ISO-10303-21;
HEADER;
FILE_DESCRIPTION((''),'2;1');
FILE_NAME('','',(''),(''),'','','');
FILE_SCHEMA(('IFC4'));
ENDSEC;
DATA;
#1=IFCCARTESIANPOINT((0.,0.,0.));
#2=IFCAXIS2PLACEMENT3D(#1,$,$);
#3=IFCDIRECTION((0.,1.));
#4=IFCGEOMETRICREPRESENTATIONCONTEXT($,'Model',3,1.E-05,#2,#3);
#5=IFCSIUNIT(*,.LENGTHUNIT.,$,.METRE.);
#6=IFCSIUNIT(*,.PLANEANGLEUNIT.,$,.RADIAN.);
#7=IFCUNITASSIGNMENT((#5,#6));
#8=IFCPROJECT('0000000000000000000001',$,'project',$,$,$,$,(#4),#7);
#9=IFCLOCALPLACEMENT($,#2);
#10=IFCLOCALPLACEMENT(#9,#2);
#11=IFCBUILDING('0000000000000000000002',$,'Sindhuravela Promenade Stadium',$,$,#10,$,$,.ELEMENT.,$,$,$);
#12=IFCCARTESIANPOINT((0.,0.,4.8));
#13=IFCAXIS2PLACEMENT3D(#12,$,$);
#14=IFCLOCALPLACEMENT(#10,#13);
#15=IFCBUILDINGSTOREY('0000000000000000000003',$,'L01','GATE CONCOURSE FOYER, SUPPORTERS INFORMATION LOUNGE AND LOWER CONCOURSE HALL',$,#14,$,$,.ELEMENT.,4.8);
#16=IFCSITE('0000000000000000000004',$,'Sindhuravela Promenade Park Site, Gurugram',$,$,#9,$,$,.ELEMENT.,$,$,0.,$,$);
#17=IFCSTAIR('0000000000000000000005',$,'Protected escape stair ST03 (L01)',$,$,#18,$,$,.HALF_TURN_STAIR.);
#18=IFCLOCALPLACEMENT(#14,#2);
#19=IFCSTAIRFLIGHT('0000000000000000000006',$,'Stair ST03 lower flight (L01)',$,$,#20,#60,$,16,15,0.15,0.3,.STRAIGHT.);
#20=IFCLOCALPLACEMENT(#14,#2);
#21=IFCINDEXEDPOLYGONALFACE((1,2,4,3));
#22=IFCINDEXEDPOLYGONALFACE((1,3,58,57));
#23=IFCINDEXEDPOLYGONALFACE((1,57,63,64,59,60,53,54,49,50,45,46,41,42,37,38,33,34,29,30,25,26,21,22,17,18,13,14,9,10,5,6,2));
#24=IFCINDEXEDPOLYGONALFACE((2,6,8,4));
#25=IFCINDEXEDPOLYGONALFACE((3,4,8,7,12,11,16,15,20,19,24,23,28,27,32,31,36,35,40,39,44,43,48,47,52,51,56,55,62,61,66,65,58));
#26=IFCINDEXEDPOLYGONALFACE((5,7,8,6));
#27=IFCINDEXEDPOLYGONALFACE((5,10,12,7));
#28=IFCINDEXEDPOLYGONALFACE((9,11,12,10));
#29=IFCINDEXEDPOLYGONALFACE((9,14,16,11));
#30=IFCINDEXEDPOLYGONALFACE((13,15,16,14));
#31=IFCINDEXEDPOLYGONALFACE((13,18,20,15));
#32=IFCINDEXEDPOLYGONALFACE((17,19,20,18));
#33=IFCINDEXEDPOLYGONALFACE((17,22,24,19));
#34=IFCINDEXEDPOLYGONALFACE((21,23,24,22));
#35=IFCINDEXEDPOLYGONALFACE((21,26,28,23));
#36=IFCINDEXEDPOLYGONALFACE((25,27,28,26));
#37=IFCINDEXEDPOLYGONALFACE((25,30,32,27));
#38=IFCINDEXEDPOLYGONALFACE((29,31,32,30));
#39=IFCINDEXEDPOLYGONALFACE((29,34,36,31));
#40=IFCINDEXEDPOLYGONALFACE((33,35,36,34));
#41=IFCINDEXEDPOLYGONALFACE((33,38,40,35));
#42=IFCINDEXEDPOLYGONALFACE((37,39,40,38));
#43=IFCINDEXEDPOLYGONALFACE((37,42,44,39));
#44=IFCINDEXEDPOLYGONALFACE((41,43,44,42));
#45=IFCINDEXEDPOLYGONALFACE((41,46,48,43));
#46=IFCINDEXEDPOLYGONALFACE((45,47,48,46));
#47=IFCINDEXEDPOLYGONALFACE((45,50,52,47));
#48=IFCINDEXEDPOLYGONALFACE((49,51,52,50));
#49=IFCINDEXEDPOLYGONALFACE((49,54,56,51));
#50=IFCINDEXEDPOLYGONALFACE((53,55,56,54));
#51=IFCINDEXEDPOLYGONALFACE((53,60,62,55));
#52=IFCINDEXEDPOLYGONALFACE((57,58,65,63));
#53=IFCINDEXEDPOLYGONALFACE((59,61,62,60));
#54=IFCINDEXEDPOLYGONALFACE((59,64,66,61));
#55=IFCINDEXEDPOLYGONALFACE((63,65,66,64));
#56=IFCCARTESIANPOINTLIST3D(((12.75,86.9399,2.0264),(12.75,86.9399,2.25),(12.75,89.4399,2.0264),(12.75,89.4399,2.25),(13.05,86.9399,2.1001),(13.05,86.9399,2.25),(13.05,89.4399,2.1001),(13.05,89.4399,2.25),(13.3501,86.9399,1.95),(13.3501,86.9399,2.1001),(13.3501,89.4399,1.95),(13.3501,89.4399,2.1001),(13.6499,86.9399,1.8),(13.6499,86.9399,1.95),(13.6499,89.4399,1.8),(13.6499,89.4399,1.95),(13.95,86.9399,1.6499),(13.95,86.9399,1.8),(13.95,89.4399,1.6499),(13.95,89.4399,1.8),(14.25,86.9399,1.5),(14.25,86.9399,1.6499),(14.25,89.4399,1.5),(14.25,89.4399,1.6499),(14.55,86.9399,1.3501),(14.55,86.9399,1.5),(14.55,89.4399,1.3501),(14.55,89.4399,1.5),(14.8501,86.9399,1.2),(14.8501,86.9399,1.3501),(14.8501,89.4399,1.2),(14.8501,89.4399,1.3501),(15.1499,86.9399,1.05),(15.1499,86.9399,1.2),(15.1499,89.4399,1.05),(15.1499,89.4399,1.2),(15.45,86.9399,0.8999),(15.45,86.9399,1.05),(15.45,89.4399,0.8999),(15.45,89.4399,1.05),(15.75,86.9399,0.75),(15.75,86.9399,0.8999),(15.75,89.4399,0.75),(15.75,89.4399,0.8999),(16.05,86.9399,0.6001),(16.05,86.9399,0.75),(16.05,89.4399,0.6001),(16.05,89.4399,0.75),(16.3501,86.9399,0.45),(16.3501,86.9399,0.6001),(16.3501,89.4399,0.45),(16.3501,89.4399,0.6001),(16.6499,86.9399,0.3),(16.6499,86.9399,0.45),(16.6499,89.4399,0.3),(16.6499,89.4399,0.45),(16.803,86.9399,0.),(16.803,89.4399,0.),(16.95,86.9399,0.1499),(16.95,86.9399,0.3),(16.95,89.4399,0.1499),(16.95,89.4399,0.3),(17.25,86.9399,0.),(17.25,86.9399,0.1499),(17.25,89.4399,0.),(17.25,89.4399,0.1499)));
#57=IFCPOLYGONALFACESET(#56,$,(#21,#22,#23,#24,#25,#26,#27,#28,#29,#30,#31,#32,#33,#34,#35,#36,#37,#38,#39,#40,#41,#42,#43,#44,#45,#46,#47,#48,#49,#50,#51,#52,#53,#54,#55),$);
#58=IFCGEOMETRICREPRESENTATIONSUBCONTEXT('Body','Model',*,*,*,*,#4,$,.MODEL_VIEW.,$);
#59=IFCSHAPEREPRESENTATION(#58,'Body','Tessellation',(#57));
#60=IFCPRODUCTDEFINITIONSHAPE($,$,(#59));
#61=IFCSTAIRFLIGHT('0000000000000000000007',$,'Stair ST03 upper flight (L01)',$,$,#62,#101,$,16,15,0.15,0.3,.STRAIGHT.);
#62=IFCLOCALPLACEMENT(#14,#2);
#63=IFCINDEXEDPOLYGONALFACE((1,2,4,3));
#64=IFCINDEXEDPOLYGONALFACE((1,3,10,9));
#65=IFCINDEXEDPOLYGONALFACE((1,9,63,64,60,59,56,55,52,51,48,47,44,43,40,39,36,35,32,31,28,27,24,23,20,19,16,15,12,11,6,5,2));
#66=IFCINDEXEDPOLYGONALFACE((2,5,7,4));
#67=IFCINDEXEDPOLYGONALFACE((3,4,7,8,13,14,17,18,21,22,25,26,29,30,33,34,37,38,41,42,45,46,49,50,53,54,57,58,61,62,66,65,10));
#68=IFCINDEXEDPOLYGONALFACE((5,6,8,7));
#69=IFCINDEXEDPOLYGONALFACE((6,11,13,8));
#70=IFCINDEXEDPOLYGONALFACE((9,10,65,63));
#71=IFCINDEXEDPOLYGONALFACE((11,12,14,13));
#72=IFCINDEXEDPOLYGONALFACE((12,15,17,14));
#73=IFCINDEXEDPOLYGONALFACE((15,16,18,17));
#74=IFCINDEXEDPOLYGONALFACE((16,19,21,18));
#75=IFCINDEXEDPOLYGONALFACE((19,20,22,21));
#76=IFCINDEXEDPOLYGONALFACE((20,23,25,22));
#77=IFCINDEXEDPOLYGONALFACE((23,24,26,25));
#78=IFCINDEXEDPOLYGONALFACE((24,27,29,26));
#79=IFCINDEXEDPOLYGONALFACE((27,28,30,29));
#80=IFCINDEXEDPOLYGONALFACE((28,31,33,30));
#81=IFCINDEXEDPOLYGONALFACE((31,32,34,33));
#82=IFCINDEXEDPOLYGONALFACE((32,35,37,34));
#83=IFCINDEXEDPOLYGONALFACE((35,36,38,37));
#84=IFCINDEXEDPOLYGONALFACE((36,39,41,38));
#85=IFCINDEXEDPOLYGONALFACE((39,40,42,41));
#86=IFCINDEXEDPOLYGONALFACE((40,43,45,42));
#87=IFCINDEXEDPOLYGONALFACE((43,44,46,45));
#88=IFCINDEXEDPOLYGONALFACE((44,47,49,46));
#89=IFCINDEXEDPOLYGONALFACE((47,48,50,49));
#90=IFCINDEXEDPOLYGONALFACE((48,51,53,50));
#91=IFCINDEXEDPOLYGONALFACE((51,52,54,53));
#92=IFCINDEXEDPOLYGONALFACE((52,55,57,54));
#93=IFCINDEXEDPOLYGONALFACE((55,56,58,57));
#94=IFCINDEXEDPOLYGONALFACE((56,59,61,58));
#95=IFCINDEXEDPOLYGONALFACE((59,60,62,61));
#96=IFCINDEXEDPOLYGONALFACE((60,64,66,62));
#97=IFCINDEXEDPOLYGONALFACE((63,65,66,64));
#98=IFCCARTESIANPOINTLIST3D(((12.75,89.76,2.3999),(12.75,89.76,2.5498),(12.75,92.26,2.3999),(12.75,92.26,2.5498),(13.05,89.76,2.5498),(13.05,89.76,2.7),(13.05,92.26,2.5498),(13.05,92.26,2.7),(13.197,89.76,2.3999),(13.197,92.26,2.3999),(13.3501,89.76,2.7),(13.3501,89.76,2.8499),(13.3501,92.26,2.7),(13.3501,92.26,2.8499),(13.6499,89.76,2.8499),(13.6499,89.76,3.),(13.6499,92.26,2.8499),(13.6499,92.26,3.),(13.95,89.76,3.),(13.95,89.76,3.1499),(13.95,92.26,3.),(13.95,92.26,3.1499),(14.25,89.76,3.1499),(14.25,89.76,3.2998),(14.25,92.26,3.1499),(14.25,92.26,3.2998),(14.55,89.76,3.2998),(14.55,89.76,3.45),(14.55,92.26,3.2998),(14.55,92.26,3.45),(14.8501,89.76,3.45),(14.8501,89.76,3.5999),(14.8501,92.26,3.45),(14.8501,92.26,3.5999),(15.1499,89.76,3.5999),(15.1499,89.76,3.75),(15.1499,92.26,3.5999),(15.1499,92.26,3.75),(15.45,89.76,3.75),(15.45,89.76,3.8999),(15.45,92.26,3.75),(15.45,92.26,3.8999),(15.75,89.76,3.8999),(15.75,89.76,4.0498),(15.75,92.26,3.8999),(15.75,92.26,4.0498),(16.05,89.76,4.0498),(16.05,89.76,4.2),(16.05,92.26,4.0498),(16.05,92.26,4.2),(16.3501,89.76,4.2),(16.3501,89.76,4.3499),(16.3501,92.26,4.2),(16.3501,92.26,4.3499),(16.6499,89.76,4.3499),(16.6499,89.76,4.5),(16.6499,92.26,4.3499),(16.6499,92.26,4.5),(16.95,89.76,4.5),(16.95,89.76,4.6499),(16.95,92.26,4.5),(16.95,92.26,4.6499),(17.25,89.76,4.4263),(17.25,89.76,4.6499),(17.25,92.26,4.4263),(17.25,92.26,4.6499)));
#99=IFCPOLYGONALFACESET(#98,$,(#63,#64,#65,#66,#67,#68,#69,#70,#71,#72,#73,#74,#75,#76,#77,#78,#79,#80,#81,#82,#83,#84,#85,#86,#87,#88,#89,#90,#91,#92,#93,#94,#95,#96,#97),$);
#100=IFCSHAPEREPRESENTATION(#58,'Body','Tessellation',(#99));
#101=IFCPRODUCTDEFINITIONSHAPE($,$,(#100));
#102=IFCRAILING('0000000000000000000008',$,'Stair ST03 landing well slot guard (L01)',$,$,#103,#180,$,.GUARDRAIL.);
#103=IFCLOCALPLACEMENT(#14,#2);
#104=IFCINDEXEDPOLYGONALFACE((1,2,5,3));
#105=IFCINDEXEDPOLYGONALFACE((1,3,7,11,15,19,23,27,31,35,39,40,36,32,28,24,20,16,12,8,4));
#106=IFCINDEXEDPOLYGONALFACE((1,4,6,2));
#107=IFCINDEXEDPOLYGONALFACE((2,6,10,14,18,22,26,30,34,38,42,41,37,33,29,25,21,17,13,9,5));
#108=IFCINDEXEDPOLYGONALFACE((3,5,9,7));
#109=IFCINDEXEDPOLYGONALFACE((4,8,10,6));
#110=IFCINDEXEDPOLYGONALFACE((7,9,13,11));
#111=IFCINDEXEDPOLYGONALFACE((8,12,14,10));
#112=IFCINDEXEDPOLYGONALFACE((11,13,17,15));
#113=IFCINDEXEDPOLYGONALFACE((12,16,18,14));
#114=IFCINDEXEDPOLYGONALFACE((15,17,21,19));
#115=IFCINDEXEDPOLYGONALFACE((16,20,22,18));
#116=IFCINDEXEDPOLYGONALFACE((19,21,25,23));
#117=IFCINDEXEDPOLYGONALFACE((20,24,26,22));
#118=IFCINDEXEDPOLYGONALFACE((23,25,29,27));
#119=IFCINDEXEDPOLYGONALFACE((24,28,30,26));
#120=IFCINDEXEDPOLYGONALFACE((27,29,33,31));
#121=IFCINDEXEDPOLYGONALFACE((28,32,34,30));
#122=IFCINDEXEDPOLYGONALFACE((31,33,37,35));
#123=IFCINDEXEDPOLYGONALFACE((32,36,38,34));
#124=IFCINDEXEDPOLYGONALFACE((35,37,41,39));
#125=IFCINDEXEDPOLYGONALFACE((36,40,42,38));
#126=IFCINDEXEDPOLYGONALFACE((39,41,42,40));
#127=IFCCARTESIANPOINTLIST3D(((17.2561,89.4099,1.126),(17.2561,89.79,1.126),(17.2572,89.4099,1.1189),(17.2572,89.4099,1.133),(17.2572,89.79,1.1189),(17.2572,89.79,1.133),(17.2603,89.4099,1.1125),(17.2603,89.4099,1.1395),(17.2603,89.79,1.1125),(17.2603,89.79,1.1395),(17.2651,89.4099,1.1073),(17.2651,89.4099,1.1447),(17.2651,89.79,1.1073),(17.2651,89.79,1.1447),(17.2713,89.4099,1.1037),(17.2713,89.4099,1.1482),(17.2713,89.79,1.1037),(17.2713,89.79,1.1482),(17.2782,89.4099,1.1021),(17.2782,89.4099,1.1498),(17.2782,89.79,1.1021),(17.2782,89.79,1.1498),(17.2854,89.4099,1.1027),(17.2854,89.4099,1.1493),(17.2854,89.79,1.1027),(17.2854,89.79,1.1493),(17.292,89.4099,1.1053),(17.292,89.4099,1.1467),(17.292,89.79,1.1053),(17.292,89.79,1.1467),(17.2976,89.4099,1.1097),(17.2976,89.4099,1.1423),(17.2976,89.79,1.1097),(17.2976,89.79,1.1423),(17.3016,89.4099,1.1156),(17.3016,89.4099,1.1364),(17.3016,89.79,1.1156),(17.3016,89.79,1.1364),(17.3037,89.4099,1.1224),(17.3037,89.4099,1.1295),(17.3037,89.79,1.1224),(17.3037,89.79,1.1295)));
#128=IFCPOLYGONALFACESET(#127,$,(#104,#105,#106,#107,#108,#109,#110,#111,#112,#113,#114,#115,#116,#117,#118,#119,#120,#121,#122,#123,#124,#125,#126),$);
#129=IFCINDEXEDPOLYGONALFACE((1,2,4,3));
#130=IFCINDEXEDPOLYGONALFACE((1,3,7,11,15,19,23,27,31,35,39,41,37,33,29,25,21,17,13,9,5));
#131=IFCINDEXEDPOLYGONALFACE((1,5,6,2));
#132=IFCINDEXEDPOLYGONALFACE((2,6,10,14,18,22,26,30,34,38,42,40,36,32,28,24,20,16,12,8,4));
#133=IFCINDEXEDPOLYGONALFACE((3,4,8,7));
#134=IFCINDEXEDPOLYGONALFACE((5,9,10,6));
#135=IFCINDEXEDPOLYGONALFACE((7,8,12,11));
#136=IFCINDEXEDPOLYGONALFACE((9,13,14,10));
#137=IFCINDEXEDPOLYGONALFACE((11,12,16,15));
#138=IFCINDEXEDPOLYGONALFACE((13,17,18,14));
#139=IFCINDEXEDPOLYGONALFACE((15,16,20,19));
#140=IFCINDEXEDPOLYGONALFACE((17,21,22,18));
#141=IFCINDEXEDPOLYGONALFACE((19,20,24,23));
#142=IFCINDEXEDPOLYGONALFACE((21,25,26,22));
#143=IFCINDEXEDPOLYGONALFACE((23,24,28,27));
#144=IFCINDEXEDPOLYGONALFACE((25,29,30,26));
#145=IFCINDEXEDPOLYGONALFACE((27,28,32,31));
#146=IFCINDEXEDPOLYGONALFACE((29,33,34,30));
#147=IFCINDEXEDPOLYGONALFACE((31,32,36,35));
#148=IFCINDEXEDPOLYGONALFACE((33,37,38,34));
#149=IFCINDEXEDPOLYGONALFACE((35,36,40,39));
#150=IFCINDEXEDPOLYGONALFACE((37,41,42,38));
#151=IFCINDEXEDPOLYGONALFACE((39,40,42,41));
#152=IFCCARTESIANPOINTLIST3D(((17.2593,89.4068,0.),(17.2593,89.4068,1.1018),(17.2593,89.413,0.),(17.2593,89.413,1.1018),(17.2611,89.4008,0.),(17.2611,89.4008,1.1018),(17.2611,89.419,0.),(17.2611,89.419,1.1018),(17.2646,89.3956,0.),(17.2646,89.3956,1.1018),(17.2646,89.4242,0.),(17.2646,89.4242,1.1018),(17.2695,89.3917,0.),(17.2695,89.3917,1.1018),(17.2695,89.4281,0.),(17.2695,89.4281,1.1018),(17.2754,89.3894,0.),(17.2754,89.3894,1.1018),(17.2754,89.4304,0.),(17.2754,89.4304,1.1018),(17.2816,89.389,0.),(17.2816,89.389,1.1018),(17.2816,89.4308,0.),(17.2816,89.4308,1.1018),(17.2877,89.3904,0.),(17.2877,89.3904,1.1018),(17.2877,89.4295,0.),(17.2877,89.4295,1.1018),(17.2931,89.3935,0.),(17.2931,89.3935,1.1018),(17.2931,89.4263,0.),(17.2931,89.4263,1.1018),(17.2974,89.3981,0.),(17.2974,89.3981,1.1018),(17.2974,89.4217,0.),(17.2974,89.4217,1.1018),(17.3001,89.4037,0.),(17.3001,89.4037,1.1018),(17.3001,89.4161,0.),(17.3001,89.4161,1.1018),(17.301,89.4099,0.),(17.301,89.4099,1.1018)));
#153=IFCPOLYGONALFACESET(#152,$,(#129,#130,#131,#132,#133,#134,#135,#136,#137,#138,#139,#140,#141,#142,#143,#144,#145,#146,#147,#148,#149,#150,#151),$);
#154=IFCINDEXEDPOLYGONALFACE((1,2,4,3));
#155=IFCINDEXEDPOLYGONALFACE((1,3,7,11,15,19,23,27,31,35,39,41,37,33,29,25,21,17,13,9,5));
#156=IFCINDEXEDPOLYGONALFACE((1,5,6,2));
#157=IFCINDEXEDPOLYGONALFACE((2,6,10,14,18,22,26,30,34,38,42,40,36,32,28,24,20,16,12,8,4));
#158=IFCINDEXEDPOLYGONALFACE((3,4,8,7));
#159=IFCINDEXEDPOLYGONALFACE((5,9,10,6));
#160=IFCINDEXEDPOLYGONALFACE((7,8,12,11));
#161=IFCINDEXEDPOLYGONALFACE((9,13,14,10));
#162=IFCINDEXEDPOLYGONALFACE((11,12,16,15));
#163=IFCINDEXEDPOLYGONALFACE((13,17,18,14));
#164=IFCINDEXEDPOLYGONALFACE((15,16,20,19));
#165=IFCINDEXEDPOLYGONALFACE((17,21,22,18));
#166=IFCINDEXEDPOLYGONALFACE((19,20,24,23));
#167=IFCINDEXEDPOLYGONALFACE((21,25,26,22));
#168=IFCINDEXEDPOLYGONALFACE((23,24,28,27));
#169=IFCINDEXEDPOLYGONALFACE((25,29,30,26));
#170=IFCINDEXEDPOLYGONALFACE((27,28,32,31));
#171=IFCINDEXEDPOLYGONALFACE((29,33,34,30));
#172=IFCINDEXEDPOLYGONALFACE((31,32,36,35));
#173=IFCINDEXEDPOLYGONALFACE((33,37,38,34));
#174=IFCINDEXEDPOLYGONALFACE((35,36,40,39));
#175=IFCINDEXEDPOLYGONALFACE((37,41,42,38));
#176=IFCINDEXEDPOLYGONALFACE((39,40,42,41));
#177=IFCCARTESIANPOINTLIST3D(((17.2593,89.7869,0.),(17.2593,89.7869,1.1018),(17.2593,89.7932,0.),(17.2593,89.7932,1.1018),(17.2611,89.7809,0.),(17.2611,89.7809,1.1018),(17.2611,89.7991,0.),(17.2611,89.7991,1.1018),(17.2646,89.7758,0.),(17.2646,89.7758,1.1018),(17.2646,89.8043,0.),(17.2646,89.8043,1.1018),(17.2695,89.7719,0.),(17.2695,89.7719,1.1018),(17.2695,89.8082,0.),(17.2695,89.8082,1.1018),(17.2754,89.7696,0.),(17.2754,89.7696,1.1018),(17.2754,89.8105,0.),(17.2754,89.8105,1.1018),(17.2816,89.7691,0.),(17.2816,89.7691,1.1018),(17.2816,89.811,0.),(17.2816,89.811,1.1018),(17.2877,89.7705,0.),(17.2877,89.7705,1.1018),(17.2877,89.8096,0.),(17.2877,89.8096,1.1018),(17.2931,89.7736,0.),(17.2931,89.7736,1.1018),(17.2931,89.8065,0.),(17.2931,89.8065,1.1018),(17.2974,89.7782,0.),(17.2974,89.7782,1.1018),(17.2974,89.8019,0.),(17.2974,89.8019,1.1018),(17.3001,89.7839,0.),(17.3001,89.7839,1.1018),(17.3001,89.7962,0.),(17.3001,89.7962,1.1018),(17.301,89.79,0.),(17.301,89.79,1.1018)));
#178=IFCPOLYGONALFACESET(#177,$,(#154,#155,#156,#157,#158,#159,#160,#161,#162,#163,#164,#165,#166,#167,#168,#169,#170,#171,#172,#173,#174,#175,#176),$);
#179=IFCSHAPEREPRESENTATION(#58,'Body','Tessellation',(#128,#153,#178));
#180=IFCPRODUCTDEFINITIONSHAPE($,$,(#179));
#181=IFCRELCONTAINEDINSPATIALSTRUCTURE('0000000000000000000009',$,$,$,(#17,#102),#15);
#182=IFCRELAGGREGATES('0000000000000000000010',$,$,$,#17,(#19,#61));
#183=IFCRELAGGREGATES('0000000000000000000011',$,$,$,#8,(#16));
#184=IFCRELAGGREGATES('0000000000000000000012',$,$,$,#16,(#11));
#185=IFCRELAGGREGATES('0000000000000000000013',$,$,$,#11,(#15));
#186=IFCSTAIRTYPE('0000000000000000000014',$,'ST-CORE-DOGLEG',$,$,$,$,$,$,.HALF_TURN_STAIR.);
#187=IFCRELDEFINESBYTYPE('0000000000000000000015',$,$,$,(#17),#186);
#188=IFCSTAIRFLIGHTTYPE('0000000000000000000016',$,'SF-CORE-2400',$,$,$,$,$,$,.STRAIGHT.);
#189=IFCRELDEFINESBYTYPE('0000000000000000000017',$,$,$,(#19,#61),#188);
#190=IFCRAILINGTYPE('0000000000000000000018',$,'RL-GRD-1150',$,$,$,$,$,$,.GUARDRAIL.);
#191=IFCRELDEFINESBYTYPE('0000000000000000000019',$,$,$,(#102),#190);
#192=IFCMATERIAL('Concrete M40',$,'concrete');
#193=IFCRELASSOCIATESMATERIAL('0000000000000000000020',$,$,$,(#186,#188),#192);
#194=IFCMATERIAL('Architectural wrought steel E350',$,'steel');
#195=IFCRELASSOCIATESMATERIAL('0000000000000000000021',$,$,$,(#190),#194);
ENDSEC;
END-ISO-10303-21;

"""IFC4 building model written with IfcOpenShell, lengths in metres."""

from ifc_helpers import new_model, si_unit, direction, frame, origin, origin_2d, place, context, subcontext, project, spatial, polyline, circle, outline, extrude, material, type_object, element, aggregate, save


model = new_model("IFC4")

# Units and contexts
model_context = context("Model", 3, precision=1e-05, world=origin(), true_north=direction((0.0, 1.0)))
body_context = subcontext(model_context, "Body", "Model", "MODEL_VIEW")
ifc_project = project(units=[si_unit("LENGTHUNIT", "METRE"), si_unit("PLANEANGLEUNIT", "RADIAN")], contexts=[model_context])

# Site, building, storey
site_placement = place(None, origin())
site = spatial("IfcSite", under=ifc_project, at=site_placement, Name="Sindhuravela Promenade Park Site, Gurugram", CompositionType="ELEMENT", RefElevation=0.0)
building_placement = place(site_placement, origin())
building = spatial("IfcBuilding", under=site, at=building_placement, Name="Sindhuravela Promenade Stadium", CompositionType="ELEMENT")
storey_placement = place(building_placement, frame((0.0, 0.0, 4.8)))
storey = spatial("IfcBuildingStorey", under=building, at=storey_placement, Name="L01", Description="GATE CONCOURSE FOYER, SUPPORTERS INFORMATION LOUNGE AND LOWER CONCOURSE HALL", CompositionType="ELEMENT", Elevation=4.8)

# Shared definitions
ifc_material_1 = material(Name="Concrete M40", Category="concrete")

# Shared definitions
ifc_material_2 = material(Name="Architectural wrought steel E350", Category="steel")

# Stair, stair flights
stair_type = type_object("IfcStairType", Name="ST-CORE-DOGLEG", PredefinedType="HALF_TURN_STAIR", material=ifc_material_1)
stair_placement = place(storey_placement, origin())
stair = element("IfcStair", 1, at=stair_placement, inside=storey, type_object=stair_type, Name="Protected escape stair ST03 (L01)", PredefinedType="HALF_TURN_STAIR")
stair_flight_type = type_object("IfcStairFlightType", Name="SF-CORE-2400", PredefinedType="STRAIGHT", material=ifc_material_1)
stair_flight_1_placement = place(storey_placement, frame((17.25, 88.1899, 0.0), z_axis=(0.0, 0.0, 1.0), x_axis=(-1.0, 0.0, 0.0)))
stair_flight_1 = element("IfcStairFlight", 2, at=stair_flight_1_placement, type_object=stair_flight_type, Name="Stair ST03 lower flight (L01)", NumberOfRisers=16, NumberOfTreads=15, PredefinedType="STRAIGHT", RiserHeight=0.15, TreadLength=0.3, context=body_context, shape_type="SweptSolid", body=[
    extrude(outline(polyline([(0.0, 0.0), (0.0, 0.1499), (0.3, 0.1499), (0.3, 0.3), (0.6001, 0.3), (0.6001, 0.45), (0.8999, 0.45), (0.8999, 0.6001), (1.2, 0.6001), (1.2, 0.75), (1.5, 0.75), (1.5, 0.8999), (1.8, 0.8999), (1.8, 1.05), (2.1001, 1.05), (2.1001, 1.2), (2.3999, 1.2), (2.3999, 1.3501), (2.7, 1.3501), (2.7, 1.5), (3.0, 1.5), (3.0, 1.6499), (3.3, 1.6499), (3.3, 1.8), (3.6001, 1.8), (3.6001, 1.95), (3.8999, 1.95), (3.8999, 2.1001), (4.2, 2.1001), (4.2, 2.25), (4.5, 2.25), (4.5, 2.3999), (4.5, 2.0264), (0.447, 0.0), (0.0, 0.0)])), frame((0.0, 1.25, 0.0), z_axis=(0.0, -1.0, 0.0), x_axis=(1.0, 0.0, 0.0)), (0.0, 0.0, 1.0), 2.5),
])
stair_flight_2_placement = place(storey_placement, frame((12.75, 91.01, 2.3999), z_axis=(0.0, 0.0, 1.0), x_axis=(1.0, 0.0, 0.0)))
stair_flight_2 = element("IfcStairFlight", 3, at=stair_flight_2_placement, type_object=stair_flight_type, Name="Stair ST03 upper flight (L01)", NumberOfRisers=16, NumberOfTreads=15, PredefinedType="STRAIGHT", RiserHeight=0.15, TreadLength=0.3, context=body_context, shape_type="SweptSolid", body=[
    extrude(outline(polyline([(0.0, 0.0), (0.0, 0.1499), (0.3, 0.1499), (0.3, 0.3), (0.6001, 0.3), (0.6001, 0.45), (0.8999, 0.45), (0.8999, 0.6001), (1.2, 0.6001), (1.2, 0.75), (1.5, 0.75), (1.5, 0.8999), (1.8, 0.8999), (1.8, 1.05), (2.1001, 1.05), (2.1001, 1.2), (2.3999, 1.2), (2.3999, 1.3501), (2.7, 1.3501), (2.7, 1.5), (3.0, 1.5), (3.0, 1.6499), (3.3, 1.6499), (3.3, 1.8), (3.6001, 1.8), (3.6001, 1.95), (3.8999, 1.95), (3.8999, 2.1001), (4.2, 2.1001), (4.2, 2.25), (4.5, 2.25), (4.5, 2.3999), (4.5, 2.0264), (0.447, 0.0), (0.0, 0.0)])), frame((0.0, 1.25, 0.0), z_axis=(0.0, -1.0, 0.0), x_axis=(1.0, 0.0, 0.0)), (0.0, 0.0, 1.0), 2.5),
])
aggregate(stair, [stair_flight_1, stair_flight_2])

# Railing
railing_type_1 = type_object("IfcRailingType", Name="RL-GRD-1150", PredefinedType="GUARDRAIL", material=ifc_material_2)
railing_1_placement = place(storey_placement, frame((17.28, 89.4099, 0.0)))
element("IfcRailing", 4, at=railing_1_placement, inside=storey, type_object=railing_type_1, Name="Stair ST03 landing well slot guard (L01)", PredefinedType="GUARDRAIL", context=body_context, shape_type="SweptSolid", body=[
    extrude(circle(Radius=0.0239, at=origin_2d()), frame((0.0, 0.0, 1.126), z_axis=(0.0, 1.0, 0.0), x_axis=(-1.0, 0.0, 0.0)), (0.0, 0.0, 1.0), 0.3801),
    extrude(circle(Radius=0.021, at=origin_2d()), origin(), (0.0, 0.0, 1.0), 1.1018),
    extrude(circle(Radius=0.021, at=origin_2d()), frame((0.0, 0.3801, 0.0)), (0.0, 0.0, 1.0), 1.1018),
])

save(model, "model.ifc")
